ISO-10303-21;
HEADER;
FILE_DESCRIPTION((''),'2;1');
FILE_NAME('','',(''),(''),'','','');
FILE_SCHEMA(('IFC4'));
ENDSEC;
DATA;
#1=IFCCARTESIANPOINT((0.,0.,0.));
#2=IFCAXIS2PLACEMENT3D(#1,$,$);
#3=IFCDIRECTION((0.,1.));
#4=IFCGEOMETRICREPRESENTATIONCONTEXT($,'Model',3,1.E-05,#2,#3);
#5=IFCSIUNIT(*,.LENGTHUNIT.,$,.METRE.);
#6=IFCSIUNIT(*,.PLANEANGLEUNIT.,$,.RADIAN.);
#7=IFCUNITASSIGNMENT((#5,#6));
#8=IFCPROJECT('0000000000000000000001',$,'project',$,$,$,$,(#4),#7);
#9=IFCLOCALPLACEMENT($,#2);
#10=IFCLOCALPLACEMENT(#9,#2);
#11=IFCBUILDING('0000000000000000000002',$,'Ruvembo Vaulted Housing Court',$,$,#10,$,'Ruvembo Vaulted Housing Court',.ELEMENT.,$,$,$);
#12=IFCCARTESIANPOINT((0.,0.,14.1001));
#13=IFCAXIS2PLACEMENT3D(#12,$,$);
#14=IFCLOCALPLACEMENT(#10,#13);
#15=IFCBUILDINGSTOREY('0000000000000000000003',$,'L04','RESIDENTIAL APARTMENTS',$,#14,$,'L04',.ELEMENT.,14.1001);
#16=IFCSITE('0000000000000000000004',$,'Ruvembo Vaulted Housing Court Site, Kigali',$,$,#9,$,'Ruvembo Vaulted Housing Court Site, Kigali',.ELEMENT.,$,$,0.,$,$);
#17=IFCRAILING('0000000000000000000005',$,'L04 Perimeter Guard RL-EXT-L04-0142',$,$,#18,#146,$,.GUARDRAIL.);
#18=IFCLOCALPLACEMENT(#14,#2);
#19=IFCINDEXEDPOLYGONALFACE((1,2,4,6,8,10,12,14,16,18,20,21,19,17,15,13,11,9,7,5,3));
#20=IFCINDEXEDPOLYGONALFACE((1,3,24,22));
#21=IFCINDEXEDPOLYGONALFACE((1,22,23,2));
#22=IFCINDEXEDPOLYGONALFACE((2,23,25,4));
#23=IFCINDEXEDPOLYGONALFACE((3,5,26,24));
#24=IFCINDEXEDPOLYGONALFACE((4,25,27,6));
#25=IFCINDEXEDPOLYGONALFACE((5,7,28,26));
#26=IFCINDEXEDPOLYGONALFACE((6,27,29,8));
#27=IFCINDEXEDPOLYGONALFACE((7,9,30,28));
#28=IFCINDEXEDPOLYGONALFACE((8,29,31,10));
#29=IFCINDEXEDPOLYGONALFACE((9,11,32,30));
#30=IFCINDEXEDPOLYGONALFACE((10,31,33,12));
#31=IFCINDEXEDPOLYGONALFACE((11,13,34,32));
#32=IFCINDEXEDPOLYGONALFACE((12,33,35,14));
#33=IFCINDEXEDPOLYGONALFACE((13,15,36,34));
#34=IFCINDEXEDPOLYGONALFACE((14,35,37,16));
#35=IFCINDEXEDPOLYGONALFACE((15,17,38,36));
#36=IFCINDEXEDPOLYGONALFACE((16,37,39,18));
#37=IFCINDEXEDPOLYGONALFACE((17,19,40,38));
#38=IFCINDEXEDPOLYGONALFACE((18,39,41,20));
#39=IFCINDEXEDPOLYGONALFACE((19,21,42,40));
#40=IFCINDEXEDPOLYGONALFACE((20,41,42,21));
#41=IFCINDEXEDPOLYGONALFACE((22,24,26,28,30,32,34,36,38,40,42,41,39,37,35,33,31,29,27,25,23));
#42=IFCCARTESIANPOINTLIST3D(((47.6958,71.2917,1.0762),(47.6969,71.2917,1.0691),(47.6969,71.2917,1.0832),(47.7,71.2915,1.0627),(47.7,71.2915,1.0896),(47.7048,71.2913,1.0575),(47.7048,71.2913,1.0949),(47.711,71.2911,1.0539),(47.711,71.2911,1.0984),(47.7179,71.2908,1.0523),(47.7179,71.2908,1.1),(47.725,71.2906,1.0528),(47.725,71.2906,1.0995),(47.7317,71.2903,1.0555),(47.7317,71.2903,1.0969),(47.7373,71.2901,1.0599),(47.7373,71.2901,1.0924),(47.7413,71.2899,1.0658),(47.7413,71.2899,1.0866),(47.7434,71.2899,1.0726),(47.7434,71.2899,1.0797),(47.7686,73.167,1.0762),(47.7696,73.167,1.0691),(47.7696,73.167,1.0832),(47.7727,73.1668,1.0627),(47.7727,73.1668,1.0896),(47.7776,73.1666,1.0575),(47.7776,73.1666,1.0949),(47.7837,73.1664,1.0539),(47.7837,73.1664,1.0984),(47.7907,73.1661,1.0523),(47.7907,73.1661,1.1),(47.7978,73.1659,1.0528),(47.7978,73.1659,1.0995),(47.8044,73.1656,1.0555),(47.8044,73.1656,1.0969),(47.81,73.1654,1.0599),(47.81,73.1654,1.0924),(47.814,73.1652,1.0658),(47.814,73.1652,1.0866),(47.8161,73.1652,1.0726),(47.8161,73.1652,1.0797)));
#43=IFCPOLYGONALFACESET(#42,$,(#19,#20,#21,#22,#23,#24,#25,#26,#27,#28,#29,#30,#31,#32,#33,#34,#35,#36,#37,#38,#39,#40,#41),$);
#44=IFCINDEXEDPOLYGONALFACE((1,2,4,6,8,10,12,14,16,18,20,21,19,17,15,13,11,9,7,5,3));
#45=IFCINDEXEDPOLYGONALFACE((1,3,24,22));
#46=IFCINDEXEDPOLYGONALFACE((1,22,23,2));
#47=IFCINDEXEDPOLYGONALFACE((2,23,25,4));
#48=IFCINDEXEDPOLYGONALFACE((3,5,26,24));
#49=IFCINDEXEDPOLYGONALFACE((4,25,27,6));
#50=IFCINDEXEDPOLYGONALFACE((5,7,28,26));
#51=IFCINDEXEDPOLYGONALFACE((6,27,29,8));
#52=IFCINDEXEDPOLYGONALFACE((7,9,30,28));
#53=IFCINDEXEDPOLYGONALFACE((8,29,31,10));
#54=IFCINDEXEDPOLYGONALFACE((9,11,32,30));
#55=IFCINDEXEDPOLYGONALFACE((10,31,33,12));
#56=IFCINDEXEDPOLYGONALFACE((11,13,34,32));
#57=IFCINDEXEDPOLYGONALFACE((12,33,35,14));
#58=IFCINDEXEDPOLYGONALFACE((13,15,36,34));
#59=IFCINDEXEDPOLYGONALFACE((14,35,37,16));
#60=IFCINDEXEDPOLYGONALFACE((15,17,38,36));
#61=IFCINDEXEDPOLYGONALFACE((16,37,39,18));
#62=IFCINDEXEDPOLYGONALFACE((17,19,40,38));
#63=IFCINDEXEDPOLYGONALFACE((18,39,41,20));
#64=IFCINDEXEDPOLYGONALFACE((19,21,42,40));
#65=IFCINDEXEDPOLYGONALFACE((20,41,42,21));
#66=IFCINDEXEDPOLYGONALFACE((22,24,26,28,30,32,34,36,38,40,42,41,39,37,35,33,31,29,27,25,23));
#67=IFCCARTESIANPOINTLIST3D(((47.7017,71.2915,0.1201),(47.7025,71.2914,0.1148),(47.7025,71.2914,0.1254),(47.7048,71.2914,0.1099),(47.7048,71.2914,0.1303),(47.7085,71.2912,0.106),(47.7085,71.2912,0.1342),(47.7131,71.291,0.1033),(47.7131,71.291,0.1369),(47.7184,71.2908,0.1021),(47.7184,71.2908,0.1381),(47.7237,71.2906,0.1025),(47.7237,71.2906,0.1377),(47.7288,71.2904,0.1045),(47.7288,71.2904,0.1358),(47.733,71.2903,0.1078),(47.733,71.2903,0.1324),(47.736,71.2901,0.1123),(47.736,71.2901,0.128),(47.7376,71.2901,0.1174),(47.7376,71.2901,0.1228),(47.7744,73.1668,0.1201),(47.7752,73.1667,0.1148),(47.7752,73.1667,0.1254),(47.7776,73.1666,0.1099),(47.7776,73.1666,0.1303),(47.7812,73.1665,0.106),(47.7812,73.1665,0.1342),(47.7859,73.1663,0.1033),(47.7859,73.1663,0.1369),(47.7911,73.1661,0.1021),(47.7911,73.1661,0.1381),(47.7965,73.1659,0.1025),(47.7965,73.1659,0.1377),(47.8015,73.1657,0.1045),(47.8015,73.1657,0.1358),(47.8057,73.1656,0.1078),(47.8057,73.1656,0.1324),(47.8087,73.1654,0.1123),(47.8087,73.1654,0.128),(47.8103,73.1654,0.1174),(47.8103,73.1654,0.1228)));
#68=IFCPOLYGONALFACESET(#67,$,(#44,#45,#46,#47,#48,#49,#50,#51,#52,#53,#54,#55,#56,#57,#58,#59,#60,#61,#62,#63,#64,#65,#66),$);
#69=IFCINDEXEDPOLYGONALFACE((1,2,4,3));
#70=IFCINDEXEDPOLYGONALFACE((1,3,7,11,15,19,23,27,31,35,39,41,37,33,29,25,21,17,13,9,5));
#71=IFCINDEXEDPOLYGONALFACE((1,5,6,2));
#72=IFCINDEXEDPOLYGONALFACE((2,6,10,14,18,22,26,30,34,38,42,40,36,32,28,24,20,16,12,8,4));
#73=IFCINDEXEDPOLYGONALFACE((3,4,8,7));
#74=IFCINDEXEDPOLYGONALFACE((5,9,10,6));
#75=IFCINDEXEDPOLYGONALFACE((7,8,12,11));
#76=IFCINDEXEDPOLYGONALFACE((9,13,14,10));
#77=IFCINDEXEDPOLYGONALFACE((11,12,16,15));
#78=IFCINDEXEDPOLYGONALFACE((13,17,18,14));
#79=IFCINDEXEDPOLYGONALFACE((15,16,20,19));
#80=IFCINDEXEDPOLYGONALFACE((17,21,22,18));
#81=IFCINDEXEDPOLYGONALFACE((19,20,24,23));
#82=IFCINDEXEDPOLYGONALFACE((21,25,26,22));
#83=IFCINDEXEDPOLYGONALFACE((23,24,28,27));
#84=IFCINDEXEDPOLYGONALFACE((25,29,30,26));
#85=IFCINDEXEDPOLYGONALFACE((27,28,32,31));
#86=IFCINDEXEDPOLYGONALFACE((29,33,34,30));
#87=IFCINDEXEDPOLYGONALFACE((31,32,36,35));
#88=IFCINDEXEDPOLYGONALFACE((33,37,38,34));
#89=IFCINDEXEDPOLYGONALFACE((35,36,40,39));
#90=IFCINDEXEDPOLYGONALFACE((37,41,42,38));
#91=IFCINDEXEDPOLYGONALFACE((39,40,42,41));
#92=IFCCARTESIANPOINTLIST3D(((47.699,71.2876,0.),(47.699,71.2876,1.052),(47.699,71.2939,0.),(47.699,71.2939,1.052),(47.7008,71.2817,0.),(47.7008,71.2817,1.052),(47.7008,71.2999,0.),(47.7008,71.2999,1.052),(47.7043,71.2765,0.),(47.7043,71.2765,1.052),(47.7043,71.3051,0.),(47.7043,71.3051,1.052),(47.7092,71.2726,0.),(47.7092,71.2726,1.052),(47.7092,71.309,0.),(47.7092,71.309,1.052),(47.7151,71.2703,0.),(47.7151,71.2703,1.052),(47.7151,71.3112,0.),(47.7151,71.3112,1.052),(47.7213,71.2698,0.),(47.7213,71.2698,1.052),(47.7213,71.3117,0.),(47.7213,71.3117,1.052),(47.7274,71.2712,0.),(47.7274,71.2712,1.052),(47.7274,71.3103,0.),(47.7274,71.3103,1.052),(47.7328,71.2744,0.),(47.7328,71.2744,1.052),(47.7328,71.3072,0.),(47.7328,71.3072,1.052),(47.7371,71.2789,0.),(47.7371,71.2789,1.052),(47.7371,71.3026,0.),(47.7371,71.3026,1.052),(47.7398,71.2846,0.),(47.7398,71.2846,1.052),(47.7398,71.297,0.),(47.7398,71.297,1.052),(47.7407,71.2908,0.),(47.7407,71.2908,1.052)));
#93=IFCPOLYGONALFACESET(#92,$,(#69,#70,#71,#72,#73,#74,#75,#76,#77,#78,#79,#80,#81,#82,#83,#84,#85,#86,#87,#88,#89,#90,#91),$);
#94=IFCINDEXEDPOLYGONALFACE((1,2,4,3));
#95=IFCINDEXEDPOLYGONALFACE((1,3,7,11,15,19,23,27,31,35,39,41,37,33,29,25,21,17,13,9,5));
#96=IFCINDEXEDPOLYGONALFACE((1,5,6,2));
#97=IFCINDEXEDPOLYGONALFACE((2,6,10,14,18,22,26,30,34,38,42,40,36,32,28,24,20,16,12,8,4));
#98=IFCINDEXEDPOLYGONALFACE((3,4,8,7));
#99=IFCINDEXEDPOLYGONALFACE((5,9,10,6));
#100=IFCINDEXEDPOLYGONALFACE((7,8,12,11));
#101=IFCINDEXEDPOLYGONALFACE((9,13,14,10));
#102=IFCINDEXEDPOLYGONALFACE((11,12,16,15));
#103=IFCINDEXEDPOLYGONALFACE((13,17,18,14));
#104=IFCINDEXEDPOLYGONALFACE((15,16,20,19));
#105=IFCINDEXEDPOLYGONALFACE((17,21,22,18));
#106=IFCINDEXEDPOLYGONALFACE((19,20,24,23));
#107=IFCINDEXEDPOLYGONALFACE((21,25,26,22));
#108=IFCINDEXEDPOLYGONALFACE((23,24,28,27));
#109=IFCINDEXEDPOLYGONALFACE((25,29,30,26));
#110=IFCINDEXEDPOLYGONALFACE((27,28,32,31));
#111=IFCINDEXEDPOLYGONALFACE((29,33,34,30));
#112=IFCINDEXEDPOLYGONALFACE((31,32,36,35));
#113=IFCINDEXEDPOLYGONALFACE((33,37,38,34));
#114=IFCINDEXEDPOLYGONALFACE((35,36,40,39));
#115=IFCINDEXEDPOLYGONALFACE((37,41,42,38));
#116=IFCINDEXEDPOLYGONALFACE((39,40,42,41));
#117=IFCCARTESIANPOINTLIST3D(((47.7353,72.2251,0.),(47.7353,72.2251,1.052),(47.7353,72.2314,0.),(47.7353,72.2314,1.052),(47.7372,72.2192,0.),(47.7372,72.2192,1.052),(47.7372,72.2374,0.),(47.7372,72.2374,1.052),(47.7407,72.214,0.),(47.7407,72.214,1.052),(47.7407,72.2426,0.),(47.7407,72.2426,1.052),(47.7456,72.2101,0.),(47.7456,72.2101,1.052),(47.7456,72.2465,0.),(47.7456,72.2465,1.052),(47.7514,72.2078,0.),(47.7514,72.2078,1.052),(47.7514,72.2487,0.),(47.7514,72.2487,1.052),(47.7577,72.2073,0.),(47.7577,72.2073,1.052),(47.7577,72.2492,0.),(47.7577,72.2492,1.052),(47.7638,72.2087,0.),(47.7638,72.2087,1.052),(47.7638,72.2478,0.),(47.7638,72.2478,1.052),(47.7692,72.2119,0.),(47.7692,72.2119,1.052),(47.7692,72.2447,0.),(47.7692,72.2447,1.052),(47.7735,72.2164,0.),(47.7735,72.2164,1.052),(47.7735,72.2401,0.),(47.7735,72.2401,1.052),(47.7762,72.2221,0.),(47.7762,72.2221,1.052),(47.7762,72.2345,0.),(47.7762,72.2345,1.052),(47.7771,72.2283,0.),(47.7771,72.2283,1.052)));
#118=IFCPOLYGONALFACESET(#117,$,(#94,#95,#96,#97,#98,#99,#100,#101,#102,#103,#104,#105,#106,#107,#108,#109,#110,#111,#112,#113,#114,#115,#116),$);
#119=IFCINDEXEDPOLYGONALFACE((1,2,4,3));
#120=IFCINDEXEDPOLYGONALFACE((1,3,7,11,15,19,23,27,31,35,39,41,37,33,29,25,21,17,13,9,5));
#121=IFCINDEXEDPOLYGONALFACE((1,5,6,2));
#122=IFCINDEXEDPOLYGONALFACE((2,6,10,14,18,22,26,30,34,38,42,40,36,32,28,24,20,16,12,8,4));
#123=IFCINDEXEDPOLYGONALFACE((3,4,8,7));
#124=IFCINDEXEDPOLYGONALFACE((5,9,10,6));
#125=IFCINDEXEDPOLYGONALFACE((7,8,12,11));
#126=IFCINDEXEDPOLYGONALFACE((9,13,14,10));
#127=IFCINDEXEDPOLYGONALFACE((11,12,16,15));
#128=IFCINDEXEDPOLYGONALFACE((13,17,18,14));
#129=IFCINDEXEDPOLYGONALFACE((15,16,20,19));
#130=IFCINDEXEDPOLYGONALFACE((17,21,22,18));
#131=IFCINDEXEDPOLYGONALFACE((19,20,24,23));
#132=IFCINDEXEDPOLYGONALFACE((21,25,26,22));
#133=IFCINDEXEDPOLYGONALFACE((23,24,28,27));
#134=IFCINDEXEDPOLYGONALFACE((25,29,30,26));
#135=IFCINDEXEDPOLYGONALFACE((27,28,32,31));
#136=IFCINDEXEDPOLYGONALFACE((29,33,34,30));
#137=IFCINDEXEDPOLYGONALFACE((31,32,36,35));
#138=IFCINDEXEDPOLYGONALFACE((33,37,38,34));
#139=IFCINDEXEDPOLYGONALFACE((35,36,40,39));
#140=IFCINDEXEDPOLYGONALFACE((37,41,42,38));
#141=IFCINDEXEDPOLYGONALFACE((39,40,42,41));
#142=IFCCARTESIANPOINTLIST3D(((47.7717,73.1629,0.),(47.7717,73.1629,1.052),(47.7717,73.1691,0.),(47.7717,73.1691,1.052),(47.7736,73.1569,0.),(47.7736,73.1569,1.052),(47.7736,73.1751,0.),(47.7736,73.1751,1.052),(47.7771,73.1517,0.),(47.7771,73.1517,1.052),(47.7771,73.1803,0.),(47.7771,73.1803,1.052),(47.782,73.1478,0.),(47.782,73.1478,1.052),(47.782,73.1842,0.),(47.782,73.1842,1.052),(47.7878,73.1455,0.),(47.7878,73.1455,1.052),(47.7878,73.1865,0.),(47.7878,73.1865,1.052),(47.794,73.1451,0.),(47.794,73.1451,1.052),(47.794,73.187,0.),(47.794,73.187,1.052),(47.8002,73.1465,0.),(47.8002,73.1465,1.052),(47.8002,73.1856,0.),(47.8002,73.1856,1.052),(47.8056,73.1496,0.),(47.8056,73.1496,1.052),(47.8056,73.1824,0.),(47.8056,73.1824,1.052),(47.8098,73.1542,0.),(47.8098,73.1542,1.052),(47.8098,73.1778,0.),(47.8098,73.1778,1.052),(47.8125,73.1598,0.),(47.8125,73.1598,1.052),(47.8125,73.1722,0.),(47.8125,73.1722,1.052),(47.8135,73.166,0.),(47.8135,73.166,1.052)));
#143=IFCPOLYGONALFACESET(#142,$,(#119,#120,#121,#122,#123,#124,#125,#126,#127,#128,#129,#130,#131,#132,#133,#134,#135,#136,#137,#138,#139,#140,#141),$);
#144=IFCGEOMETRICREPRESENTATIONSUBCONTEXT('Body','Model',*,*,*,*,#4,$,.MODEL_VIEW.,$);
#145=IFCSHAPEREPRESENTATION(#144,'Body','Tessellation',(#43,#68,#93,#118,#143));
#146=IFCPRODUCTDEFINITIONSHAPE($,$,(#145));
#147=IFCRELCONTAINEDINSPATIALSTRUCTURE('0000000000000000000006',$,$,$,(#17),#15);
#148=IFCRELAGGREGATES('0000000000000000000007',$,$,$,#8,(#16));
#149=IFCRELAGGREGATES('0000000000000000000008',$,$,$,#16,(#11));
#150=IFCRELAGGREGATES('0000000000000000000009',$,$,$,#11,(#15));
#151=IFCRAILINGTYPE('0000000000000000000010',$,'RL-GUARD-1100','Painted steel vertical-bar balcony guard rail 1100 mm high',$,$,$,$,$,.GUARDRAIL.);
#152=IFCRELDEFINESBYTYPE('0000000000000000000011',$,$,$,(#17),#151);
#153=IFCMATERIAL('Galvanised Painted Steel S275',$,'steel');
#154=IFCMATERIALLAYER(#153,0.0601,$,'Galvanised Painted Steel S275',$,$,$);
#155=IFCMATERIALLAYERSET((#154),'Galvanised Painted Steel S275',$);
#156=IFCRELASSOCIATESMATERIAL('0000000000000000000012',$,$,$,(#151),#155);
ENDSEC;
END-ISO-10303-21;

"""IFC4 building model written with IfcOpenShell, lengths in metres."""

from ifc_helpers import new_model, si_unit, direction, frame, origin, origin_2d, place, context, subcontext, project, spatial, circle, extrude, material, layer, layer_set, type_object, element, save


model = new_model("IFC4")

# Units and contexts
model_context = context("Model", 3, precision=1e-05, world=origin(), true_north=direction((0.0, 1.0)))
body_context = subcontext(model_context, "Body", "Model", "MODEL_VIEW")
ifc_project = project(units=[si_unit("LENGTHUNIT", "METRE"), si_unit("PLANEANGLEUNIT", "RADIAN")], contexts=[model_context])

# Site, building, storey
site_placement = place(None, origin())
site = spatial("IfcSite", under=ifc_project, at=site_placement, Name="Ruvembo Vaulted Housing Court Site, Kigali", LongName="Ruvembo Vaulted Housing Court Site, Kigali", CompositionType="ELEMENT", RefElevation=0.0)
building_placement = place(site_placement, origin())
building = spatial("IfcBuilding", under=site, at=building_placement, Name="Ruvembo Vaulted Housing Court", LongName="Ruvembo Vaulted Housing Court", CompositionType="ELEMENT")
storey_placement = place(building_placement, frame((0.0, 0.0, 14.1001)))
storey = spatial("IfcBuildingStorey", under=building, at=storey_placement, Name="L04", Description="RESIDENTIAL APARTMENTS", LongName="L04", CompositionType="ELEMENT", Elevation=14.1001)

# Railing
ifc_material_1 = material(Name="Galvanised Painted Steel S275", Category="steel")
ifc_layer = layer(ifc_material_1, 0.0601, Name="Galvanised Painted Steel S275")
ifc_layer_set = layer_set([ifc_layer], Name="Galvanised Painted Steel S275")
railing_type = type_object("IfcRailingType", Name="RL-GUARD-1100", Description="Painted steel vertical-bar balcony guard rail 1100 mm high", PredefinedType="GUARDRAIL", material=ifc_layer_set)
railing_1_placement = place(storey_placement, frame((47.7197, 71.2908, 0.0)))
element("IfcRailing", 1, at=railing_1_placement, inside=storey, type_object=railing_type, Name="L04 Perimeter Guard RL-EXT-L04-0142", PredefinedType="GUARDRAIL", context=body_context, shape_type="SweptSolid", body=[
    extrude(circle(Radius=0.0239, at=origin_2d()), frame((0.0, 0.0, 1.0762), z_axis=(0.038768, 0.999248, 0.0), x_axis=(-0.999248, 0.038768, 0.0)), (0.0, 0.0, 1.0), 1.8767),
    extrude(circle(Radius=0.0181, at=origin_2d()), frame((0.0, 0.0, 0.1201), z_axis=(0.038768, 0.999248, 0.0), x_axis=(-0.999248, 0.038768, 0.0)), (0.0, 0.0, 1.0), 1.8767),
    extrude(circle(Radius=0.021, at=origin_2d()), origin(), (0.0, 0.0, 1.0), 1.052),
    extrude(circle(Radius=0.021, at=origin_2d()), frame((0.0364, 0.9375, 0.0)), (0.0, 0.0, 1.0), 1.052),
    extrude(circle(Radius=0.021, at=origin_2d()), frame((0.0728, 1.8752, 0.0)), (0.0, 0.0, 1.0), 1.052),
])

save(model, "model.ifc")
